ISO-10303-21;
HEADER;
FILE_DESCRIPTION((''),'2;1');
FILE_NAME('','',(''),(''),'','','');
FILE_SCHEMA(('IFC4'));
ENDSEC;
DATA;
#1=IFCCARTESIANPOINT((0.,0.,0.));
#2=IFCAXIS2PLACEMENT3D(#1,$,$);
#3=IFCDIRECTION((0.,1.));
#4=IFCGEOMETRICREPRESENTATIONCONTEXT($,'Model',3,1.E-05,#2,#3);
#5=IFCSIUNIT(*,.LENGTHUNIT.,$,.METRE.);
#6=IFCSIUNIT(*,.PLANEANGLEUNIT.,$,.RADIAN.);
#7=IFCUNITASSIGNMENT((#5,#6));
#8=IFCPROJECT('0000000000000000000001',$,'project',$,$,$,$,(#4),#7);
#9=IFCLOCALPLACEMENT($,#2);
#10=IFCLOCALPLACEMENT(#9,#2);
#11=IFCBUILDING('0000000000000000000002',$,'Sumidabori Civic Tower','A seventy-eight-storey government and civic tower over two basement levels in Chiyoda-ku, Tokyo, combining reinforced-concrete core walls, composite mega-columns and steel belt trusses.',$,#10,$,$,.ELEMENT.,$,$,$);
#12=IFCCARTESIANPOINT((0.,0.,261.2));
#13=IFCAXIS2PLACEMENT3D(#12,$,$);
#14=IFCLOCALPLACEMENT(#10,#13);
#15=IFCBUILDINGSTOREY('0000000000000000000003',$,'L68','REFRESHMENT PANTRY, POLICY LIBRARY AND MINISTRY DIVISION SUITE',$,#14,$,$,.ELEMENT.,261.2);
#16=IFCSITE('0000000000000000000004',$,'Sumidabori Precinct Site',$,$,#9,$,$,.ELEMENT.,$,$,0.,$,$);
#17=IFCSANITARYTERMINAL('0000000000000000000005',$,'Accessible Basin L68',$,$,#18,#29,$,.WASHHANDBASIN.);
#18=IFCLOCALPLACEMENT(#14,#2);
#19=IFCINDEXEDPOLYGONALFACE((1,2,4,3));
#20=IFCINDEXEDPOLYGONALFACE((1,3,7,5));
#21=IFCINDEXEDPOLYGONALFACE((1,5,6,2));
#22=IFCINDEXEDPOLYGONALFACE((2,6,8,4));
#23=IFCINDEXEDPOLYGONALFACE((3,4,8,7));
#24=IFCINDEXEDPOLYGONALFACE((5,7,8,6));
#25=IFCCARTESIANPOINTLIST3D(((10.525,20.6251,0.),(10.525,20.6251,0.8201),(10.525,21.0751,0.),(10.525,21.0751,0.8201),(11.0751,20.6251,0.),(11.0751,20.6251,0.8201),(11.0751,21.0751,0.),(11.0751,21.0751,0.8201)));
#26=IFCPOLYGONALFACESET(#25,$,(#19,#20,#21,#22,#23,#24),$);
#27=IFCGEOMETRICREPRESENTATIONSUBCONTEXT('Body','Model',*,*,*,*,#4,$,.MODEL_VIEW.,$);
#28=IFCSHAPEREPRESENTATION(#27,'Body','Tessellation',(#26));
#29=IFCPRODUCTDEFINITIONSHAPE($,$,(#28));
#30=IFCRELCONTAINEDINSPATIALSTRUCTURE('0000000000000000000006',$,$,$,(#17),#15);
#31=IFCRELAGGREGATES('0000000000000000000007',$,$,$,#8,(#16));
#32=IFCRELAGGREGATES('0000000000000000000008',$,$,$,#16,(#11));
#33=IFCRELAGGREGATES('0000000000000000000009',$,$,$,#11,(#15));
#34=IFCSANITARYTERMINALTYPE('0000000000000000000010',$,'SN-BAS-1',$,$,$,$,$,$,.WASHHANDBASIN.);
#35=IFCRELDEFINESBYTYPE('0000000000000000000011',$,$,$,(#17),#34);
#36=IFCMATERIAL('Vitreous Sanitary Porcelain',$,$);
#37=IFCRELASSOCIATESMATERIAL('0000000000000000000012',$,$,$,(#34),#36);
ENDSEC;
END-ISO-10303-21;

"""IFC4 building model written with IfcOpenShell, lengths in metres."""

from ifc_helpers import new_model, si_unit, direction, frame, origin, origin_2d, place, context, subcontext, project, spatial, rectangle, extrude, source, transform, mapped, material, type_object, element, save


model = new_model("IFC4")

# Units and contexts
model_context = context("Model", 3, precision=1e-05, world=origin(), true_north=direction((0.0, 1.0)))
body_context = subcontext(model_context, "Body", "Model", "MODEL_VIEW")
ifc_project = project(units=[si_unit("LENGTHUNIT", "METRE"), si_unit("PLANEANGLEUNIT", "RADIAN")], contexts=[model_context])

# Site, building, storey
site_placement = place(None, origin())
site = spatial("IfcSite", under=ifc_project, at=site_placement, Name="Sumidabori Precinct Site", CompositionType="ELEMENT", RefElevation=0.0)
building_placement = place(site_placement, origin())
building = spatial("IfcBuilding", under=site, at=building_placement, Name="Sumidabori Civic Tower", Description="A seventy-eight-storey government and civic tower over two basement levels in Chiyoda-ku, Tokyo, combining reinforced-concrete core walls, composite mega-columns and steel belt trusses.", CompositionType="ELEMENT")
storey_placement = place(building_placement, frame((0.0, 0.0, 261.2)))
storey = spatial("IfcBuildingStorey", under=building, at=storey_placement, Name="L68", Description="REFRESHMENT PANTRY, POLICY LIBRARY AND MINISTRY DIVISION SUITE", CompositionType="ELEMENT", Elevation=261.2)

# Sanitary terminal
ifc_material_1 = material(Name="Vitreous Sanitary Porcelain")
sanitary_terminal_type_1 = type_object("IfcSanitaryTerminalType", Name="SN-BAS-1", PredefinedType="WASHHANDBASIN", material=ifc_material_1)
shared_shape_1 = source(origin(), body_context, "Body", "SweptSolid", [
    extrude(rectangle(XDim=0.55, YDim=0.45, at=origin_2d()), origin(), (0.0, 0.0, 1.0), 0.8201),
])
sanitary_terminal_1_placement = place(storey_placement, frame((10.8, 20.8501, 0.0), z_axis=(0.0, 0.0, 1.0), x_axis=(1.0, 0.0, 0.0)))
element("IfcSanitaryTerminal", 1, at=sanitary_terminal_1_placement, inside=storey, type_object=sanitary_terminal_type_1, Name="Accessible Basin L68", PredefinedType="WASHHANDBASIN", context=body_context, shape_type="MappedRepresentation", body=[
    mapped(shared_shape_1, transform((0.0, 0.0, 0.0), x_axis=(1.0, 0.0, 0.0), y_axis=(0.0, 1.0, 0.0), z_axis=(0.0, 0.0, 1.0), scale=1.0)),
])

save(model, "model.ifc")
